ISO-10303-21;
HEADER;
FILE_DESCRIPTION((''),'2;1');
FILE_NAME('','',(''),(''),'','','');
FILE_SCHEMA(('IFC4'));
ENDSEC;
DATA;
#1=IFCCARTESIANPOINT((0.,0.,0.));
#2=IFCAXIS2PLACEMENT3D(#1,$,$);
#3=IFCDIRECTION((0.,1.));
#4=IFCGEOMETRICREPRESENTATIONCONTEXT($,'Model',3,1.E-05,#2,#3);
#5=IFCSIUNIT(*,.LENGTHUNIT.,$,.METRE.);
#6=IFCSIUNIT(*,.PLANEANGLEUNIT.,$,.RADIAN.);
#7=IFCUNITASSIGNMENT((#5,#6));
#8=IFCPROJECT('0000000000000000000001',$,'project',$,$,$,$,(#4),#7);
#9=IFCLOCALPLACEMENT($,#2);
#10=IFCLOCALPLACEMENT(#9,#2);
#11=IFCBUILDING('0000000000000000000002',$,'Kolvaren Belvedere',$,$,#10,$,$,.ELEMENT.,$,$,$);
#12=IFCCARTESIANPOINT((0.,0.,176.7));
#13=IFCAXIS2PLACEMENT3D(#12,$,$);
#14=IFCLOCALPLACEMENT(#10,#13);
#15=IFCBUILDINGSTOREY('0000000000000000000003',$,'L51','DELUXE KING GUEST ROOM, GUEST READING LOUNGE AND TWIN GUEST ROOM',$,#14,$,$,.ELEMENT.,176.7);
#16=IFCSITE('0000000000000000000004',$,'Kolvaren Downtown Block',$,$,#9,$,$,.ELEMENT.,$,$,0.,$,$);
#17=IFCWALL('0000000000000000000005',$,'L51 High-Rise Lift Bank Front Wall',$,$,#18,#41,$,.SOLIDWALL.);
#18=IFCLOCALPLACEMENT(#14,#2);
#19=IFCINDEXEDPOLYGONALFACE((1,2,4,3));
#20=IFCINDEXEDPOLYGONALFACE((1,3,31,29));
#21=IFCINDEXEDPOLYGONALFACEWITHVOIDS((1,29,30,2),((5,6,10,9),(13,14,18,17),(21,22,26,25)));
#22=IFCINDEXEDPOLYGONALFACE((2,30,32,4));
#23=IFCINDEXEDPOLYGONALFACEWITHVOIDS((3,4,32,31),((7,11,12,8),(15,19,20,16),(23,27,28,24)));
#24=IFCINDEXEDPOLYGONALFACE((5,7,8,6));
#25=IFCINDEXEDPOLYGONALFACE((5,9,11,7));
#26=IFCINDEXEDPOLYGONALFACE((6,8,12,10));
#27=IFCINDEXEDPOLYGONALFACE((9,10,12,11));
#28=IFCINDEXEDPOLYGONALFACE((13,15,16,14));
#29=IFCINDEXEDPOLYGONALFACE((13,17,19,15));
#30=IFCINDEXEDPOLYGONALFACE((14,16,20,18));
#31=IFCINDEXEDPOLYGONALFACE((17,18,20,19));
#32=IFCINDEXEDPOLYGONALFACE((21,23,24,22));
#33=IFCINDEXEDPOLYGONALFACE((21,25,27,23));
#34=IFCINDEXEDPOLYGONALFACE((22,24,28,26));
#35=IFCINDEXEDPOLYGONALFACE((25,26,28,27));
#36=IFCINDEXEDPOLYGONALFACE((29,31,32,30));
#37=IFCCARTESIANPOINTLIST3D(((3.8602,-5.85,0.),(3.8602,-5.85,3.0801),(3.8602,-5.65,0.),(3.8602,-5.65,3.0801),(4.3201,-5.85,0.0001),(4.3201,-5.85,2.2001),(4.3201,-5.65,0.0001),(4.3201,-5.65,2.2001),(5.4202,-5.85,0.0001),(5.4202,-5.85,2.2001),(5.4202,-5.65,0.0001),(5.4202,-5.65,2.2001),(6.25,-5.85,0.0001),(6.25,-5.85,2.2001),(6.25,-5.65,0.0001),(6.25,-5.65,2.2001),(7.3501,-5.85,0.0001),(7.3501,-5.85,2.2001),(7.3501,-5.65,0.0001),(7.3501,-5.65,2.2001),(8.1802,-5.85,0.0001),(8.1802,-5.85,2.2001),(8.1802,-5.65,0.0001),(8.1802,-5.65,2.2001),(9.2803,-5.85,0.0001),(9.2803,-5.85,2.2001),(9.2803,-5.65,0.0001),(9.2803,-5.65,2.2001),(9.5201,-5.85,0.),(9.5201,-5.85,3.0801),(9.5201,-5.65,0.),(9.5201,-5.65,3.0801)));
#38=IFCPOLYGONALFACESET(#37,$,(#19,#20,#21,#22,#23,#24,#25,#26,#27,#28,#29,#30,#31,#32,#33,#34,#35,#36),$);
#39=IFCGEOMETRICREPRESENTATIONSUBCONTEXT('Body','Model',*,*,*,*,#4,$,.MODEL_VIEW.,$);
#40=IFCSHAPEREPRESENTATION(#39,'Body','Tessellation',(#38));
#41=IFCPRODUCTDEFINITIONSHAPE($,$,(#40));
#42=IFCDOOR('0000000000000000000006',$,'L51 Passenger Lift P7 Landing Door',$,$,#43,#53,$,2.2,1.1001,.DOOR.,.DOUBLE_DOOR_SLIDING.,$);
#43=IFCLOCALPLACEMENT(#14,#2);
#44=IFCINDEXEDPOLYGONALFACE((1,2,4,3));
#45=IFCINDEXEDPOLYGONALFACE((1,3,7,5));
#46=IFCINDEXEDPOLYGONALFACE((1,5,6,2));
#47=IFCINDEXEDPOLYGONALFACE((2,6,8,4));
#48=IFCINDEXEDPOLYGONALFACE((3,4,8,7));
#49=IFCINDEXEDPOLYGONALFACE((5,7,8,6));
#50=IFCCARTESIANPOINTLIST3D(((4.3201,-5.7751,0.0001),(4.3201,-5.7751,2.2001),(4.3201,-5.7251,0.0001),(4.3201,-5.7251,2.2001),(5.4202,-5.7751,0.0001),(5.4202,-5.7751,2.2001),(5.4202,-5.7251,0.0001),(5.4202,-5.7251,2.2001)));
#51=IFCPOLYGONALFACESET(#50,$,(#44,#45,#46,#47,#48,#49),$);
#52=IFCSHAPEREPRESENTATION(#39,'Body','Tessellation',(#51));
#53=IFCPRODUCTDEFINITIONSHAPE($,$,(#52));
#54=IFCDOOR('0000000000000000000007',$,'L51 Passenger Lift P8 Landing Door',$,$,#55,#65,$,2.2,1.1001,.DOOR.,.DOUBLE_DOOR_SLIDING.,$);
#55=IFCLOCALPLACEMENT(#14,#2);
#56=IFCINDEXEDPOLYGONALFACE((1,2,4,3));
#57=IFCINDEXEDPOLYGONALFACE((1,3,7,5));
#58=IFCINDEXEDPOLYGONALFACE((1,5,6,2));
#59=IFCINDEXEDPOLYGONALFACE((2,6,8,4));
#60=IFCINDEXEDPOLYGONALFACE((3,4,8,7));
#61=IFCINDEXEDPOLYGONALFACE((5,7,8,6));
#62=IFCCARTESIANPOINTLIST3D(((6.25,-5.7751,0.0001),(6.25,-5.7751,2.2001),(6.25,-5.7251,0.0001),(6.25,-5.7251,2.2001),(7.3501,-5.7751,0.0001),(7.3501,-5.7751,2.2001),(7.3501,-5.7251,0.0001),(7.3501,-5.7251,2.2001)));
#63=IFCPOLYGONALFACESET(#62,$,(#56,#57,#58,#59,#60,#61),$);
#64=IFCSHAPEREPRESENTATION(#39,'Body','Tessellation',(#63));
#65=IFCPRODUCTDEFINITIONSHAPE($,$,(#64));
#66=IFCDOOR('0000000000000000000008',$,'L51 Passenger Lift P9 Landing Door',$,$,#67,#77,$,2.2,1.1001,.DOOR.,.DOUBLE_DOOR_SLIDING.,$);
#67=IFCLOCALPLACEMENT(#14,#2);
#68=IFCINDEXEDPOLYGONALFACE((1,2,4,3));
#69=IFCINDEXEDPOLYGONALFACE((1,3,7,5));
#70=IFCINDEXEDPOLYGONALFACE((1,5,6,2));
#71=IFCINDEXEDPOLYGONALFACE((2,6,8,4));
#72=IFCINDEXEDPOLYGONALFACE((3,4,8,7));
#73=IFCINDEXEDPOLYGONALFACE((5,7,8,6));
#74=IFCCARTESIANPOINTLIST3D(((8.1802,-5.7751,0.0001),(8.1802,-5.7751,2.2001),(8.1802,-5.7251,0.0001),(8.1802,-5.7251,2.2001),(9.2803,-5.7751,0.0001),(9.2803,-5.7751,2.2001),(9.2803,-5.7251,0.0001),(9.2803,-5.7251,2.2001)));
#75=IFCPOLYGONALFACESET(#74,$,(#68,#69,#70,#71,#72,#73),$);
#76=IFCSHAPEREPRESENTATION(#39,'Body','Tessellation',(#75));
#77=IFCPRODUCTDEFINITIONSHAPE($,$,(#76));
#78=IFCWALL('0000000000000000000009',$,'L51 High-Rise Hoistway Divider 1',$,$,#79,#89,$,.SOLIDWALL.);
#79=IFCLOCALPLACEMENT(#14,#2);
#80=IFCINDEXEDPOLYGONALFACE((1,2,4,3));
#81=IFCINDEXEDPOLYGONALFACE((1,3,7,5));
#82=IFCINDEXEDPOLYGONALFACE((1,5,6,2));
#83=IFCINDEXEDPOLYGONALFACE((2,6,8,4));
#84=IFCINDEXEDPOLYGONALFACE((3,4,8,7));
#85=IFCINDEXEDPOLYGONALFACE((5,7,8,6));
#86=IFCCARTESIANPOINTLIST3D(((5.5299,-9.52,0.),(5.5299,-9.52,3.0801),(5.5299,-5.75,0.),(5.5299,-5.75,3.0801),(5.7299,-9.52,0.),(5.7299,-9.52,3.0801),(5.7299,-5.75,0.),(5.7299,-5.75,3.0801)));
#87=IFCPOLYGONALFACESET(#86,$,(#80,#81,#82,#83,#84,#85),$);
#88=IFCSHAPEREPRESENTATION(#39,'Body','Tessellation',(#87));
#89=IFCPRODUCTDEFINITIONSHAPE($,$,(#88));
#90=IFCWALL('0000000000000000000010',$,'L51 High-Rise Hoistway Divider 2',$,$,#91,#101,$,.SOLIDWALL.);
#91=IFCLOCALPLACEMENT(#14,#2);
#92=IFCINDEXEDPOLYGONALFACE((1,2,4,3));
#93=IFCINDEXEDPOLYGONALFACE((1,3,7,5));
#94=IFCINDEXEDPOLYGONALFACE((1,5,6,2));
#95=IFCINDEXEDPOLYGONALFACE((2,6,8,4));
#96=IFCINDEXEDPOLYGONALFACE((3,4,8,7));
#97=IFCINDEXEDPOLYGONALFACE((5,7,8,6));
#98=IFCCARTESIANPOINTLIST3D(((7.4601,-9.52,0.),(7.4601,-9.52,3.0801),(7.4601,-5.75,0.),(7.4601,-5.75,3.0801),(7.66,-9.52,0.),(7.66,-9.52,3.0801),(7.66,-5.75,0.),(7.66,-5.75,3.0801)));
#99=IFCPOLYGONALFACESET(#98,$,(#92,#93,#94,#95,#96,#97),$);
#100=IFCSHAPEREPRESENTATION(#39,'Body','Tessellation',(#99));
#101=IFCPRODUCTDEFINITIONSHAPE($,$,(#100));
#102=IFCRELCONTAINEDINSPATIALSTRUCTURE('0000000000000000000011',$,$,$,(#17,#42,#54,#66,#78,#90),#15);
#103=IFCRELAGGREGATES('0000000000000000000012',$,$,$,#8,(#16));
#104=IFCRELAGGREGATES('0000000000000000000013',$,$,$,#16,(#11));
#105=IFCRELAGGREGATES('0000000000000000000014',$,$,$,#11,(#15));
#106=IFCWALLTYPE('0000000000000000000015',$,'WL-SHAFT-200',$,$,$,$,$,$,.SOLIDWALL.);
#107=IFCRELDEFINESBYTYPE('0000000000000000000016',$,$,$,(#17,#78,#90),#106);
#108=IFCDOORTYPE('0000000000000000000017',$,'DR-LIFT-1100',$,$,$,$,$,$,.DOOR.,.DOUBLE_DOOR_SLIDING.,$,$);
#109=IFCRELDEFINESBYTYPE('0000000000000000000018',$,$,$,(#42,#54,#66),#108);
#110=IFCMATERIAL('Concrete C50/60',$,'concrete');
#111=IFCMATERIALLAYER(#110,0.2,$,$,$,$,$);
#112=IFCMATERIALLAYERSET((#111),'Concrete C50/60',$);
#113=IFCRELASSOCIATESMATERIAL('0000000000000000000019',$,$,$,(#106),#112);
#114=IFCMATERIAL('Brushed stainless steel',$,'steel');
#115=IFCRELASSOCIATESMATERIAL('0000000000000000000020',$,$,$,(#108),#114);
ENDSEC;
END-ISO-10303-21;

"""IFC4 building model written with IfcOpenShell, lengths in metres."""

from ifc_helpers import new_model, si_unit, direction, frame, frame_2d, origin, place, context, subcontext, project, spatial, rectangle, extrude, material, layer, layer_set, type_object, element, fill, save


model = new_model("IFC4")

# Units and contexts
model_context = context("Model", 3, precision=1e-05, world=origin(), true_north=direction((0.0, 1.0)))
body_context = subcontext(model_context, "Body", "Model", "MODEL_VIEW")
ifc_project = project(units=[si_unit("LENGTHUNIT", "METRE"), si_unit("PLANEANGLEUNIT", "RADIAN")], contexts=[model_context])

# Site, building, storey
site_placement = place(None, origin())
site = spatial("IfcSite", under=ifc_project, at=site_placement, Name="Kolvaren Downtown Block", CompositionType="ELEMENT", RefElevation=0.0)
building_placement = place(site_placement, origin())
building = spatial("IfcBuilding", under=site, at=building_placement, Name="Kolvaren Belvedere", CompositionType="ELEMENT")
storey_placement = place(building_placement, frame((0.0, 0.0, 176.7)))
storey = spatial("IfcBuildingStorey", under=building, at=storey_placement, Name="L51", Description="DELUXE KING GUEST ROOM, GUEST READING LOUNGE AND TWIN GUEST ROOM", CompositionType="ELEMENT", Elevation=176.7)

# Shared definitions
ifc_material_1 = material(Name="Concrete C50/60", Category="concrete")
ifc_layer_1 = layer(ifc_material_1, 0.2)
ifc_layer_set_1 = layer_set([ifc_layer_1], Name="Concrete C50/60")
wall_type_1 = type_object("IfcWallType", Name="WL-SHAFT-200", PredefinedType="SOLIDWALL", material=ifc_layer_set_1)
ifc_material_2 = material(Name="Brushed stainless steel", Category="steel")
door_type_1 = type_object("IfcDoorType", Name="DR-LIFT-1100", OperationType="DOUBLE_DOOR_SLIDING", PredefinedType="DOOR", material=ifc_material_2)

# Wall, openings, doors
wall_1_placement = place(storey_placement, frame((3.8601, -5.75, 0.0), z_axis=(0.0, 0.0, 1.0), x_axis=(1.0, 0.0, 0.0)))
wall_1 = element("IfcWall", 1, at=wall_1_placement, inside=storey, type_object=wall_type_1, Name="L51 High-Rise Lift Bank Front Wall", PredefinedType="SOLIDWALL", context=body_context, shape_type="SweptSolid", body=[
    extrude(rectangle(XDim=5.6599, YDim=0.2, at=frame_2d((2.8301, 0.0))), origin(), (0.0, 0.0, 1.0), 3.0801),
])
opening_1_placement = place(wall_1_placement, frame((0.46, 0.0, 0.0)))
opening_1 = element("IfcOpeningElement", 2, at=opening_1_placement, cuts=wall_1, PredefinedType="OPENING", context=body_context, shape_type="SweptSolid", body=[
    extrude(rectangle(XDim=1.1001, YDim=2.2, at=frame_2d((0.55, 1.1001))), frame((0.0, 0.1099, 0.0), z_axis=(0.0, -1.0, 0.0), x_axis=(1.0, 0.0, 0.0)), (0.0, 0.0, 1.0), 0.22),
])
opening_2_placement = place(wall_1_placement, frame((2.3899, 0.0, 0.0)))
opening_2 = element("IfcOpeningElement", 3, at=opening_2_placement, cuts=wall_1, PredefinedType="OPENING", context=body_context, shape_type="SweptSolid", body=[
    extrude(rectangle(XDim=1.1001, YDim=2.2, at=frame_2d((0.55, 1.1001))), frame((0.0, 0.1099, 0.0), z_axis=(0.0, -1.0, 0.0), x_axis=(1.0, 0.0, 0.0)), (0.0, 0.0, 1.0), 0.22),
])
opening_3_placement = place(wall_1_placement, frame((4.3201, 0.0, 0.0)))
opening_3 = element("IfcOpeningElement", 4, at=opening_3_placement, cuts=wall_1, PredefinedType="OPENING", context=body_context, shape_type="SweptSolid", body=[
    extrude(rectangle(XDim=1.1001, YDim=2.2, at=frame_2d((0.55, 1.1001))), frame((0.0, 0.1099, 0.0), z_axis=(0.0, -1.0, 0.0), x_axis=(1.0, 0.0, 0.0)), (0.0, 0.0, 1.0), 0.22),
])
door_1_placement = place(opening_1_placement, origin())
door_1 = element("IfcDoor", 5, at=door_1_placement, inside=storey, type_object=door_type_1, Name="L51 Passenger Lift P7 Landing Door", OperationType="DOUBLE_DOOR_SLIDING", OverallHeight=2.2, OverallWidth=1.1001, PredefinedType="DOOR", context=body_context, shape_type="SweptSolid", body=[
    extrude(rectangle(XDim=1.1001, YDim=2.2, at=frame_2d((0.55, 1.1001))), frame((0.0, 0.0249, 0.0), z_axis=(0.0, -1.0, 0.0), x_axis=(1.0, 0.0, 0.0)), (0.0, 0.0, 1.0), 0.05),
])
fill(opening_1, door_1)
door_2_placement = place(opening_2_placement, origin())
door_2 = element("IfcDoor", 6, at=door_2_placement, inside=storey, type_object=door_type_1, Name="L51 Passenger Lift P8 Landing Door", OperationType="DOUBLE_DOOR_SLIDING", OverallHeight=2.2, OverallWidth=1.1001, PredefinedType="DOOR", context=body_context, shape_type="SweptSolid", body=[
    extrude(rectangle(XDim=1.1001, YDim=2.2, at=frame_2d((0.55, 1.1001))), frame((0.0, 0.0249, 0.0), z_axis=(0.0, -1.0, 0.0), x_axis=(1.0, 0.0, 0.0)), (0.0, 0.0, 1.0), 0.05),
])
fill(opening_2, door_2)
door_3_placement = place(opening_3_placement, origin())
door_3 = element("IfcDoor", 7, at=door_3_placement, inside=storey, type_object=door_type_1, Name="L51 Passenger Lift P9 Landing Door", OperationType="DOUBLE_DOOR_SLIDING", OverallHeight=2.2, OverallWidth=1.1001, PredefinedType="DOOR", context=body_context, shape_type="SweptSolid", body=[
    extrude(rectangle(XDim=1.1001, YDim=2.2, at=frame_2d((0.55, 1.1001))), frame((0.0, 0.0249, 0.0), z_axis=(0.0, -1.0, 0.0), x_axis=(1.0, 0.0, 0.0)), (0.0, 0.0, 1.0), 0.05),
])
fill(opening_3, door_3)

# Walls
for number, where, z_axis, x_axis, name in (
    (8, (5.6299, -9.52, 0.0), (0.0, 0.0, 1.0), (0.0, 1.0, 0.0), "L51 High-Rise Hoistway Divider 1"),
    (9, (7.5601, -9.52, 0.0), (0.0, 0.0, 1.0), (0.0, 1.0, 0.0), "L51 High-Rise Hoistway Divider 2"),
):
    element("IfcWall", number, at=place(storey_placement, frame(where, z_axis=z_axis, x_axis=x_axis)), inside=storey, type_object=wall_type_1, Name=name, PredefinedType="SOLIDWALL", context=body_context, shape_type="SweptSolid", body=[
        extrude(rectangle(XDim=3.77, YDim=0.2, at=frame_2d((1.885, 0.0))), origin(), (0.0, 0.0, 1.0), 3.0801),
    ])

save(model, "model.ifc")
